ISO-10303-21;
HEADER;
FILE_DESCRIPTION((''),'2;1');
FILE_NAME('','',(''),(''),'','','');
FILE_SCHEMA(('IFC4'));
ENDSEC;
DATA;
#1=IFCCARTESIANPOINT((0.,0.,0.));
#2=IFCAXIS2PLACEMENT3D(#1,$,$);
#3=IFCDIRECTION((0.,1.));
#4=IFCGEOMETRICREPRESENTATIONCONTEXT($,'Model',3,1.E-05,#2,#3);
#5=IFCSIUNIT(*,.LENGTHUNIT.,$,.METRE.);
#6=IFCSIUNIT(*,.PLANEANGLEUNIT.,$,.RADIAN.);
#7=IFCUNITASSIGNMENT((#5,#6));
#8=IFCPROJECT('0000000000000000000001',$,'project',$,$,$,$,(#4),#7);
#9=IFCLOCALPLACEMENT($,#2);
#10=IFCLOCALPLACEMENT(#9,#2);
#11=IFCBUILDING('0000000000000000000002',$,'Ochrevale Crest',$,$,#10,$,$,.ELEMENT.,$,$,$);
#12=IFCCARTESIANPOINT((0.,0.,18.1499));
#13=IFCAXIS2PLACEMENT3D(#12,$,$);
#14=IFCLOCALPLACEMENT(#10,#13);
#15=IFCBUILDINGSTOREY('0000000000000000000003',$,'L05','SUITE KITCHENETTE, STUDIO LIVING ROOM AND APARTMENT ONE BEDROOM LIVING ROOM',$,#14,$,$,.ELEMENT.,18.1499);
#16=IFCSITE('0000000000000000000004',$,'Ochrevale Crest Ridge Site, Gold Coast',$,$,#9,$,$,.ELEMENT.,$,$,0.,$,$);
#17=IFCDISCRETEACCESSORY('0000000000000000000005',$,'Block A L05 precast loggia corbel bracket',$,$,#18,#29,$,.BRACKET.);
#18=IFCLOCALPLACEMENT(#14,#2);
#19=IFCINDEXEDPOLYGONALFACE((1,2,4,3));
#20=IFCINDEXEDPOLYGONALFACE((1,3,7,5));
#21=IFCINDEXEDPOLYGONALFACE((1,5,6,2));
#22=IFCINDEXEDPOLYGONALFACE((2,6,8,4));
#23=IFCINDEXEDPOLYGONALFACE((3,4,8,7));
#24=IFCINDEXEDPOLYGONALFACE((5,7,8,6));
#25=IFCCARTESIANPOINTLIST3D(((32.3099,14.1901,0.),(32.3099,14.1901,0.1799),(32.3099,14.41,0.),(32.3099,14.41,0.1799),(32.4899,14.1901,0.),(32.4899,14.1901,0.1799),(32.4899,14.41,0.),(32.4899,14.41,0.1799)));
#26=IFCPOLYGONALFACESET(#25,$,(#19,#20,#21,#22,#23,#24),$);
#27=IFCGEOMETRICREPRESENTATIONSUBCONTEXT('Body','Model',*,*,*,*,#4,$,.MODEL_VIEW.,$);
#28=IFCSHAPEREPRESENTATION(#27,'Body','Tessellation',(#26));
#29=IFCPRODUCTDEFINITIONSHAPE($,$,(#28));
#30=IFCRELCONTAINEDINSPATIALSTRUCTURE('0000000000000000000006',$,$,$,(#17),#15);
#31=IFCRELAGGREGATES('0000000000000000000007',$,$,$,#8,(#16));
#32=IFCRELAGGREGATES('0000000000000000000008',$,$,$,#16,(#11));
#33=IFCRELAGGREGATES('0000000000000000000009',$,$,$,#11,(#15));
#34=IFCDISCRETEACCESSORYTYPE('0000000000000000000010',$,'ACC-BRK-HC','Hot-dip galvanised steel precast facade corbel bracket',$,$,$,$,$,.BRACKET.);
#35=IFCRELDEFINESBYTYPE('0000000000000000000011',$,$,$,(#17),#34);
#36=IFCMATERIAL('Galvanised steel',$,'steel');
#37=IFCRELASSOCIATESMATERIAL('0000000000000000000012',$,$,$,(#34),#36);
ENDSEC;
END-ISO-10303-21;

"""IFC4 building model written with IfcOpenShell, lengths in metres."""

from ifc_helpers import new_model, si_unit, direction, frame, origin, origin_2d, place, context, subcontext, project, spatial, rectangle, extrude, material, type_object, element, save


model = new_model("IFC4")

# Units and contexts
model_context = context("Model", 3, precision=1e-05, world=origin(), true_north=direction((0.0, 1.0)))
body_context = subcontext(model_context, "Body", "Model", "MODEL_VIEW")
ifc_project = project(units=[si_unit("LENGTHUNIT", "METRE"), si_unit("PLANEANGLEUNIT", "RADIAN")], contexts=[model_context])

# Site, building, storey
site_placement = place(None, origin())
site = spatial("IfcSite", under=ifc_project, at=site_placement, Name="Ochrevale Crest Ridge Site, Gold Coast", CompositionType="ELEMENT", RefElevation=0.0)
building_placement = place(site_placement, origin())
building = spatial("IfcBuilding", under=site, at=building_placement, Name="Ochrevale Crest", CompositionType="ELEMENT")
storey_placement = place(building_placement, frame((0.0, 0.0, 18.1499)))
storey = spatial("IfcBuildingStorey", under=building, at=storey_placement, Name="L05", Description="SUITE KITCHENETTE, STUDIO LIVING ROOM AND APARTMENT ONE BEDROOM LIVING ROOM", CompositionType="ELEMENT", Elevation=18.1499)

# Shared definitions
ifc_material_1 = material(Name="Galvanised steel", Category="steel")

# Discrete accessory
discrete_accessory_type = type_object("IfcDiscreteAccessoryType", Name="ACC-BRK-HC", Description="Hot-dip galvanised steel precast facade corbel bracket", PredefinedType="BRACKET", material=ifc_material_1)
discrete_accessory_placement = place(storey_placement, frame((32.3999, 14.3, 0.0), z_axis=(0.0, 0.0, 1.0), x_axis=(1.0, 0.0, 0.0)))
element("IfcDiscreteAccessory", 1, at=discrete_accessory_placement, inside=storey, type_object=discrete_accessory_type, Name="Block A L05 precast loggia corbel bracket", PredefinedType="BRACKET", context=body_context, shape_type="SweptSolid", body=[
    extrude(rectangle(XDim=0.1799, YDim=0.22, at=origin_2d()), origin(), (0.0, 0.0, 1.0), 0.1799),
])

save(model, "model.ifc")
